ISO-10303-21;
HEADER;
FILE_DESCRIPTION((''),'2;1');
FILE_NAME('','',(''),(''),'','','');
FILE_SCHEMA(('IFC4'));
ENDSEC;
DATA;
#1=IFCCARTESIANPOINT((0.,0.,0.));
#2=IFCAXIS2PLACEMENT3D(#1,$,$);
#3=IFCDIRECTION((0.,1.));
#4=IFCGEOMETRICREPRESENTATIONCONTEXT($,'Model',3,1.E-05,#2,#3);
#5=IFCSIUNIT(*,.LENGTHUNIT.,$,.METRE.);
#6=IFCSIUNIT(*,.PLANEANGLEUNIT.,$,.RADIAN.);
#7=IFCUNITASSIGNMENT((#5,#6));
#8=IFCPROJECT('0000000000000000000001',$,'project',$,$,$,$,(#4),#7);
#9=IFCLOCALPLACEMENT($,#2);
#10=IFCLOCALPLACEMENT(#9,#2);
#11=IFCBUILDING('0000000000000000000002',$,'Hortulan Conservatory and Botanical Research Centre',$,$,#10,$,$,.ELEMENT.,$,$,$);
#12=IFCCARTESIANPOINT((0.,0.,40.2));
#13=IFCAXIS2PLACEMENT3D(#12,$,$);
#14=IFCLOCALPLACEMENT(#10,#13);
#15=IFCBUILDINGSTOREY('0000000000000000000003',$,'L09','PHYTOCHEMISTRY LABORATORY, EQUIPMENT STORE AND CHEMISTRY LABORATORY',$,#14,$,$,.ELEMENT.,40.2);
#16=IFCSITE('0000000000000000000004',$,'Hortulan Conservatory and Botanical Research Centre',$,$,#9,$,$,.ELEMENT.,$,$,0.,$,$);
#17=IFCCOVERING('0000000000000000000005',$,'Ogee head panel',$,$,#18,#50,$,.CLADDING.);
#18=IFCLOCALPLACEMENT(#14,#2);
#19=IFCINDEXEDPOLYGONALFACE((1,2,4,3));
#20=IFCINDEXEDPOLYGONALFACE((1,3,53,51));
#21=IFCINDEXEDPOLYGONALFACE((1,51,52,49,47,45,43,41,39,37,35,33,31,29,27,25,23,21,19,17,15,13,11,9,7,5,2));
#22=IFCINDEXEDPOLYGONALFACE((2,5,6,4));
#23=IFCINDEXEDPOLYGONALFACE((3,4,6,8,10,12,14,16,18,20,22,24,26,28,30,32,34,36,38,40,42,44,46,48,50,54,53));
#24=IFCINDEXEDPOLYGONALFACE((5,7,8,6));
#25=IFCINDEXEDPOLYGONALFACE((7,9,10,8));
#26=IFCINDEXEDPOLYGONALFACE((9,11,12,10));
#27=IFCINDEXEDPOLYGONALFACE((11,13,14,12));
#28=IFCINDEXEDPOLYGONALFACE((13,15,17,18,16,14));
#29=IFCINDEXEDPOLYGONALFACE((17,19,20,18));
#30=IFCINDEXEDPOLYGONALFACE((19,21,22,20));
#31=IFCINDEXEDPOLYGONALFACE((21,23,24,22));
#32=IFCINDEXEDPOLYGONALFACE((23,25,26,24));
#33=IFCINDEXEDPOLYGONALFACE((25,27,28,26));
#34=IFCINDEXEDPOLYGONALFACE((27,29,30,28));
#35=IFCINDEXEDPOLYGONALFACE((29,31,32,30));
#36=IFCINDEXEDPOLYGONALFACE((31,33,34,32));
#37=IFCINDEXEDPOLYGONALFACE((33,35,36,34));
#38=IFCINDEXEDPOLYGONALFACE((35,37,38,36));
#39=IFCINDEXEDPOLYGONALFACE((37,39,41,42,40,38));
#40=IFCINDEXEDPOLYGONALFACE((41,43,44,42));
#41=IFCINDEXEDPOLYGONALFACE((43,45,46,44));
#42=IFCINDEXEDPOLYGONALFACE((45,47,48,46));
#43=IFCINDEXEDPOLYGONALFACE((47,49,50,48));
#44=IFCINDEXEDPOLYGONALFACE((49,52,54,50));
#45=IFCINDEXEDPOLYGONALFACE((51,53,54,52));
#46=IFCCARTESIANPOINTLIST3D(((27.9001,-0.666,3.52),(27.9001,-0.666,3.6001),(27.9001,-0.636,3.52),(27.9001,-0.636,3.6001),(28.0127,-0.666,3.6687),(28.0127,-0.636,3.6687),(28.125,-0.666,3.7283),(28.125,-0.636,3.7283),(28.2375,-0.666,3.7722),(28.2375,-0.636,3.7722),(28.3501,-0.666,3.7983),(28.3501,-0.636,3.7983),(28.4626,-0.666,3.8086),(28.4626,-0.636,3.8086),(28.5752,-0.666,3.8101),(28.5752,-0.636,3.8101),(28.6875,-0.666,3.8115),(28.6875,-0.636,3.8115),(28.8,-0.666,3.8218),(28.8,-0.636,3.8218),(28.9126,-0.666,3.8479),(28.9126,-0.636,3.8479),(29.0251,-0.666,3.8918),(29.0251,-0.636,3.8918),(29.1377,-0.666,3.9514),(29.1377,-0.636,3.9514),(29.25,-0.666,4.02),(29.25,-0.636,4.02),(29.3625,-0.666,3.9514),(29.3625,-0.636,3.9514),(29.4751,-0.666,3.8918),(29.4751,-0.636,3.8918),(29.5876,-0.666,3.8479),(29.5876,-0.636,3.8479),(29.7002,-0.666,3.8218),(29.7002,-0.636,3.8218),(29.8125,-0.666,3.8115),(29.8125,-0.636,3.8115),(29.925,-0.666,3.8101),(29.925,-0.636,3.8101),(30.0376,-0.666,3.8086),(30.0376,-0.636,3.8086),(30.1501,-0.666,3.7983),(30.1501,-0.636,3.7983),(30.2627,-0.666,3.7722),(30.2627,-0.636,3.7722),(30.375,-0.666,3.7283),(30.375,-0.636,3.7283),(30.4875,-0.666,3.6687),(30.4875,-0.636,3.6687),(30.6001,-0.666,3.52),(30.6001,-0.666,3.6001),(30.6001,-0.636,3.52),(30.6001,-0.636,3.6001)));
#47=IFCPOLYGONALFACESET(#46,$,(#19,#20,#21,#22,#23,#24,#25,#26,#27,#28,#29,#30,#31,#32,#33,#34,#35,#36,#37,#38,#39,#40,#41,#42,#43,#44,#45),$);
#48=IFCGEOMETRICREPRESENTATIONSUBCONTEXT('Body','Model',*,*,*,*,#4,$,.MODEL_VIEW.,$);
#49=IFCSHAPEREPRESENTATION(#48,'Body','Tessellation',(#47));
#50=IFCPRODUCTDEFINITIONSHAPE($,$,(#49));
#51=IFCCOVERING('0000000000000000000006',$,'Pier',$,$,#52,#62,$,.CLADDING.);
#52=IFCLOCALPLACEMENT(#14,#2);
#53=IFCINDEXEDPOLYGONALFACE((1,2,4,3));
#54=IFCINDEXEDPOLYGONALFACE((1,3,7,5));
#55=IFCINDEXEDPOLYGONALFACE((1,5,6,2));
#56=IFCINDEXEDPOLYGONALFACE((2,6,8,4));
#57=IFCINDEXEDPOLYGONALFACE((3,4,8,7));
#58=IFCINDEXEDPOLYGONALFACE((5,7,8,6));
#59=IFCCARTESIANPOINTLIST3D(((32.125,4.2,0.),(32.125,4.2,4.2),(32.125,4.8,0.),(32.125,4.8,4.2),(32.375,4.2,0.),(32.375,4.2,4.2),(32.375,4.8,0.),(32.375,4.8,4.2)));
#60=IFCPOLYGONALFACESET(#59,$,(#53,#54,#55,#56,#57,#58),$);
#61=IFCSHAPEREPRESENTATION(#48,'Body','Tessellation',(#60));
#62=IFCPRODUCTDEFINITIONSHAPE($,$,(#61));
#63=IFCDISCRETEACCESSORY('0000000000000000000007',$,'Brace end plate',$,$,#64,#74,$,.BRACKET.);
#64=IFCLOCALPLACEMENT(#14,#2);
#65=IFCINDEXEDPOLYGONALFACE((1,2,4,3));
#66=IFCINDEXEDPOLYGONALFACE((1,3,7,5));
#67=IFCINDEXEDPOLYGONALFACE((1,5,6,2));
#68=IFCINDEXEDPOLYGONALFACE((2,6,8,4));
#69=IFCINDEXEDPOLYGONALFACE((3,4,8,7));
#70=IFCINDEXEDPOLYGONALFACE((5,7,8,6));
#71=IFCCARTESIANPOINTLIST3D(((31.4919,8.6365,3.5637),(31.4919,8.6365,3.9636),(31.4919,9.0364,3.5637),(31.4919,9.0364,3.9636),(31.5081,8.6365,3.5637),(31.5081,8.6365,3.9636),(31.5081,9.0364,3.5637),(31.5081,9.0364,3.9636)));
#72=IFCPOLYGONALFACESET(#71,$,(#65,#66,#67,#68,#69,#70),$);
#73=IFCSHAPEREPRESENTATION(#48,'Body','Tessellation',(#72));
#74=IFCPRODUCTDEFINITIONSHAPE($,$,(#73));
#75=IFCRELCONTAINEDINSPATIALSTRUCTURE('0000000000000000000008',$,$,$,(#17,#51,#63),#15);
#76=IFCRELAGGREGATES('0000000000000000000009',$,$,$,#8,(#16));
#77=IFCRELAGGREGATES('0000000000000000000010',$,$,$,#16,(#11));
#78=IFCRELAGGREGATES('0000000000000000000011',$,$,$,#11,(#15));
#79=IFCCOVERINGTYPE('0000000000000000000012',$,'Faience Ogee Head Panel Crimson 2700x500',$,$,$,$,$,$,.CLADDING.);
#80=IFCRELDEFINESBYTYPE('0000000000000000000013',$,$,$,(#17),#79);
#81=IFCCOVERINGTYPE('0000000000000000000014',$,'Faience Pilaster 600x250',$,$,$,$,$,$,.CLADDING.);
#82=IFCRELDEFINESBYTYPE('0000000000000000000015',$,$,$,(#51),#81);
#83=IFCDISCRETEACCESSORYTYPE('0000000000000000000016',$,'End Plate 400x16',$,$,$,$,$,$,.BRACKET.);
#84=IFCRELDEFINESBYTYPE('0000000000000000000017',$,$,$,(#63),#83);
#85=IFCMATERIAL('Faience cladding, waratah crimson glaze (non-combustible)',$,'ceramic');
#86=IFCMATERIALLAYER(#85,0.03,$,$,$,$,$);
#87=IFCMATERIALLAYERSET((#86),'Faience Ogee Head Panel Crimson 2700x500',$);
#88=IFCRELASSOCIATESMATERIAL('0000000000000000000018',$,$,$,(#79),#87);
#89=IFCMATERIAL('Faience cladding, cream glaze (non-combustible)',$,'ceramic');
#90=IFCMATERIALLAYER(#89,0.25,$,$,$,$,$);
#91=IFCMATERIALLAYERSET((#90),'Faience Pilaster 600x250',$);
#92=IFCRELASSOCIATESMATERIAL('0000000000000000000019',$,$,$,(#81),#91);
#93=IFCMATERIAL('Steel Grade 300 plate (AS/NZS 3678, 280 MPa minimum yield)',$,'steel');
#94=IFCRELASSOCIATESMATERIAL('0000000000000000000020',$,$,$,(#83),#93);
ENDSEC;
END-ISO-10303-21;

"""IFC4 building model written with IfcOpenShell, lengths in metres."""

from ifc_helpers import new_model, si_unit, direction, frame, origin, origin_2d, place, context, subcontext, project, spatial, polyline, rectangle, outline, extrude, material, layer, layer_set, type_object, element, save


model = new_model("IFC4")

# Units and contexts
model_context = context("Model", 3, precision=1e-05, world=origin(), true_north=direction((0.0, 1.0)))
body_context = subcontext(model_context, "Body", "Model", "MODEL_VIEW")
ifc_project = project(units=[si_unit("LENGTHUNIT", "METRE"), si_unit("PLANEANGLEUNIT", "RADIAN")], contexts=[model_context])

# Site, building, storey
site_placement = place(None, origin())
site = spatial("IfcSite", under=ifc_project, at=site_placement, Name="Hortulan Conservatory and Botanical Research Centre", CompositionType="ELEMENT", RefElevation=0.0)
building_placement = place(site_placement, origin())
building = spatial("IfcBuilding", under=site, at=building_placement, Name="Hortulan Conservatory and Botanical Research Centre", CompositionType="ELEMENT")
storey_placement = place(building_placement, frame((0.0, 0.0, 40.2)))
storey = spatial("IfcBuildingStorey", under=building, at=storey_placement, Name="L09", Description="PHYTOCHEMISTRY LABORATORY, EQUIPMENT STORE AND CHEMISTRY LABORATORY", CompositionType="ELEMENT", Elevation=40.2)

# Coverings
ifc_material_1 = material(Name="Faience cladding, waratah crimson glaze (non-combustible)", Category="ceramic")
ifc_layer_1 = layer(ifc_material_1, 0.03)
ifc_layer_set_1 = layer_set([ifc_layer_1], Name="Faience Ogee Head Panel Crimson 2700x500")
covering_type_1 = type_object("IfcCoveringType", Name="Faience Ogee Head Panel Crimson 2700x500", PredefinedType="CLADDING", material=ifc_layer_set_1)
covering_1_placement = place(storey_placement, frame((30.6001, -0.6509, 3.52), z_axis=(0.0, 0.0, 1.0), x_axis=(-1.0, 0.0, 0.0)))
element("IfcCovering", 1, at=covering_1_placement, inside=storey, type_object=covering_type_1, Name="Ogee head panel", PredefinedType="CLADDING", context=body_context, shape_type="SweptSolid", body=[
    extrude(outline(polyline([(0.0, 0.0), (2.7, 0.0), (2.7, 0.0801), (2.5874, 0.1487), (2.4751, 0.2083), (2.3625, 0.2522), (2.25, 0.2783), (2.1375, 0.2886), (2.0249, 0.29), (1.9126, 0.2915), (1.8, 0.3018), (1.6875, 0.3279), (1.575, 0.3718), (1.4624, 0.4314), (1.3501, 0.5), (1.2375, 0.4314), (1.125, 0.3718), (1.0125, 0.3279), (0.8999, 0.3018), (0.7876, 0.2915), (0.675, 0.29), (0.5625, 0.2886), (0.45, 0.2783), (0.3374, 0.2522), (0.2251, 0.2083), (0.1125, 0.1487), (0.0, 0.0801), (0.0, 0.0)])), frame((0.0, 0.0151, 0.0), z_axis=(0.0, -1.0, 0.0), x_axis=(1.0, 0.0, 0.0)), (0.0, 0.0, 1.0), 0.03),
])
ifc_material_2 = material(Name="Faience cladding, cream glaze (non-combustible)", Category="ceramic")
ifc_layer_2 = layer(ifc_material_2, 0.25)
ifc_layer_set_2 = layer_set([ifc_layer_2], Name="Faience Pilaster 600x250")
covering_type_2 = type_object("IfcCoveringType", Name="Faience Pilaster 600x250", PredefinedType="CLADDING", material=ifc_layer_set_2)
covering_2_placement = place(storey_placement, frame((32.25, 4.5, 0.0), z_axis=(0.0, 0.0, 1.0), x_axis=(0.0, 1.0, 0.0)))
element("IfcCovering", 2, at=covering_2_placement, inside=storey, type_object=covering_type_2, Name="Pier", PredefinedType="CLADDING", context=body_context, shape_type="SweptSolid", body=[
    extrude(rectangle(XDim=0.6001, YDim=0.25, at=origin_2d()), origin(), (0.0, 0.0, 1.0), 4.2),
])

# Discrete accessory
ifc_material_3 = material(Name="Steel Grade 300 plate (AS/NZS 3678, 280 MPa minimum yield)", Category="steel")
discrete_accessory_type = type_object("IfcDiscreteAccessoryType", Name="End Plate 400x16", PredefinedType="BRACKET", material=ifc_material_3)
discrete_accessory_placement = place(storey_placement, frame((31.5, 8.8364, 3.5637), z_axis=(0.0, 0.0, 1.0), x_axis=(0.0, -1.0, 0.0)))
element("IfcDiscreteAccessory", 3, at=discrete_accessory_placement, inside=storey, type_object=discrete_accessory_type, Name="Brace end plate", PredefinedType="BRACKET", context=body_context, shape_type="SweptSolid", body=[
    extrude(rectangle(XDim=0.3999, YDim=0.0161, at=origin_2d()), origin(), (0.0, 0.0, 1.0), 0.3999),
])

save(model, "model.ifc")
